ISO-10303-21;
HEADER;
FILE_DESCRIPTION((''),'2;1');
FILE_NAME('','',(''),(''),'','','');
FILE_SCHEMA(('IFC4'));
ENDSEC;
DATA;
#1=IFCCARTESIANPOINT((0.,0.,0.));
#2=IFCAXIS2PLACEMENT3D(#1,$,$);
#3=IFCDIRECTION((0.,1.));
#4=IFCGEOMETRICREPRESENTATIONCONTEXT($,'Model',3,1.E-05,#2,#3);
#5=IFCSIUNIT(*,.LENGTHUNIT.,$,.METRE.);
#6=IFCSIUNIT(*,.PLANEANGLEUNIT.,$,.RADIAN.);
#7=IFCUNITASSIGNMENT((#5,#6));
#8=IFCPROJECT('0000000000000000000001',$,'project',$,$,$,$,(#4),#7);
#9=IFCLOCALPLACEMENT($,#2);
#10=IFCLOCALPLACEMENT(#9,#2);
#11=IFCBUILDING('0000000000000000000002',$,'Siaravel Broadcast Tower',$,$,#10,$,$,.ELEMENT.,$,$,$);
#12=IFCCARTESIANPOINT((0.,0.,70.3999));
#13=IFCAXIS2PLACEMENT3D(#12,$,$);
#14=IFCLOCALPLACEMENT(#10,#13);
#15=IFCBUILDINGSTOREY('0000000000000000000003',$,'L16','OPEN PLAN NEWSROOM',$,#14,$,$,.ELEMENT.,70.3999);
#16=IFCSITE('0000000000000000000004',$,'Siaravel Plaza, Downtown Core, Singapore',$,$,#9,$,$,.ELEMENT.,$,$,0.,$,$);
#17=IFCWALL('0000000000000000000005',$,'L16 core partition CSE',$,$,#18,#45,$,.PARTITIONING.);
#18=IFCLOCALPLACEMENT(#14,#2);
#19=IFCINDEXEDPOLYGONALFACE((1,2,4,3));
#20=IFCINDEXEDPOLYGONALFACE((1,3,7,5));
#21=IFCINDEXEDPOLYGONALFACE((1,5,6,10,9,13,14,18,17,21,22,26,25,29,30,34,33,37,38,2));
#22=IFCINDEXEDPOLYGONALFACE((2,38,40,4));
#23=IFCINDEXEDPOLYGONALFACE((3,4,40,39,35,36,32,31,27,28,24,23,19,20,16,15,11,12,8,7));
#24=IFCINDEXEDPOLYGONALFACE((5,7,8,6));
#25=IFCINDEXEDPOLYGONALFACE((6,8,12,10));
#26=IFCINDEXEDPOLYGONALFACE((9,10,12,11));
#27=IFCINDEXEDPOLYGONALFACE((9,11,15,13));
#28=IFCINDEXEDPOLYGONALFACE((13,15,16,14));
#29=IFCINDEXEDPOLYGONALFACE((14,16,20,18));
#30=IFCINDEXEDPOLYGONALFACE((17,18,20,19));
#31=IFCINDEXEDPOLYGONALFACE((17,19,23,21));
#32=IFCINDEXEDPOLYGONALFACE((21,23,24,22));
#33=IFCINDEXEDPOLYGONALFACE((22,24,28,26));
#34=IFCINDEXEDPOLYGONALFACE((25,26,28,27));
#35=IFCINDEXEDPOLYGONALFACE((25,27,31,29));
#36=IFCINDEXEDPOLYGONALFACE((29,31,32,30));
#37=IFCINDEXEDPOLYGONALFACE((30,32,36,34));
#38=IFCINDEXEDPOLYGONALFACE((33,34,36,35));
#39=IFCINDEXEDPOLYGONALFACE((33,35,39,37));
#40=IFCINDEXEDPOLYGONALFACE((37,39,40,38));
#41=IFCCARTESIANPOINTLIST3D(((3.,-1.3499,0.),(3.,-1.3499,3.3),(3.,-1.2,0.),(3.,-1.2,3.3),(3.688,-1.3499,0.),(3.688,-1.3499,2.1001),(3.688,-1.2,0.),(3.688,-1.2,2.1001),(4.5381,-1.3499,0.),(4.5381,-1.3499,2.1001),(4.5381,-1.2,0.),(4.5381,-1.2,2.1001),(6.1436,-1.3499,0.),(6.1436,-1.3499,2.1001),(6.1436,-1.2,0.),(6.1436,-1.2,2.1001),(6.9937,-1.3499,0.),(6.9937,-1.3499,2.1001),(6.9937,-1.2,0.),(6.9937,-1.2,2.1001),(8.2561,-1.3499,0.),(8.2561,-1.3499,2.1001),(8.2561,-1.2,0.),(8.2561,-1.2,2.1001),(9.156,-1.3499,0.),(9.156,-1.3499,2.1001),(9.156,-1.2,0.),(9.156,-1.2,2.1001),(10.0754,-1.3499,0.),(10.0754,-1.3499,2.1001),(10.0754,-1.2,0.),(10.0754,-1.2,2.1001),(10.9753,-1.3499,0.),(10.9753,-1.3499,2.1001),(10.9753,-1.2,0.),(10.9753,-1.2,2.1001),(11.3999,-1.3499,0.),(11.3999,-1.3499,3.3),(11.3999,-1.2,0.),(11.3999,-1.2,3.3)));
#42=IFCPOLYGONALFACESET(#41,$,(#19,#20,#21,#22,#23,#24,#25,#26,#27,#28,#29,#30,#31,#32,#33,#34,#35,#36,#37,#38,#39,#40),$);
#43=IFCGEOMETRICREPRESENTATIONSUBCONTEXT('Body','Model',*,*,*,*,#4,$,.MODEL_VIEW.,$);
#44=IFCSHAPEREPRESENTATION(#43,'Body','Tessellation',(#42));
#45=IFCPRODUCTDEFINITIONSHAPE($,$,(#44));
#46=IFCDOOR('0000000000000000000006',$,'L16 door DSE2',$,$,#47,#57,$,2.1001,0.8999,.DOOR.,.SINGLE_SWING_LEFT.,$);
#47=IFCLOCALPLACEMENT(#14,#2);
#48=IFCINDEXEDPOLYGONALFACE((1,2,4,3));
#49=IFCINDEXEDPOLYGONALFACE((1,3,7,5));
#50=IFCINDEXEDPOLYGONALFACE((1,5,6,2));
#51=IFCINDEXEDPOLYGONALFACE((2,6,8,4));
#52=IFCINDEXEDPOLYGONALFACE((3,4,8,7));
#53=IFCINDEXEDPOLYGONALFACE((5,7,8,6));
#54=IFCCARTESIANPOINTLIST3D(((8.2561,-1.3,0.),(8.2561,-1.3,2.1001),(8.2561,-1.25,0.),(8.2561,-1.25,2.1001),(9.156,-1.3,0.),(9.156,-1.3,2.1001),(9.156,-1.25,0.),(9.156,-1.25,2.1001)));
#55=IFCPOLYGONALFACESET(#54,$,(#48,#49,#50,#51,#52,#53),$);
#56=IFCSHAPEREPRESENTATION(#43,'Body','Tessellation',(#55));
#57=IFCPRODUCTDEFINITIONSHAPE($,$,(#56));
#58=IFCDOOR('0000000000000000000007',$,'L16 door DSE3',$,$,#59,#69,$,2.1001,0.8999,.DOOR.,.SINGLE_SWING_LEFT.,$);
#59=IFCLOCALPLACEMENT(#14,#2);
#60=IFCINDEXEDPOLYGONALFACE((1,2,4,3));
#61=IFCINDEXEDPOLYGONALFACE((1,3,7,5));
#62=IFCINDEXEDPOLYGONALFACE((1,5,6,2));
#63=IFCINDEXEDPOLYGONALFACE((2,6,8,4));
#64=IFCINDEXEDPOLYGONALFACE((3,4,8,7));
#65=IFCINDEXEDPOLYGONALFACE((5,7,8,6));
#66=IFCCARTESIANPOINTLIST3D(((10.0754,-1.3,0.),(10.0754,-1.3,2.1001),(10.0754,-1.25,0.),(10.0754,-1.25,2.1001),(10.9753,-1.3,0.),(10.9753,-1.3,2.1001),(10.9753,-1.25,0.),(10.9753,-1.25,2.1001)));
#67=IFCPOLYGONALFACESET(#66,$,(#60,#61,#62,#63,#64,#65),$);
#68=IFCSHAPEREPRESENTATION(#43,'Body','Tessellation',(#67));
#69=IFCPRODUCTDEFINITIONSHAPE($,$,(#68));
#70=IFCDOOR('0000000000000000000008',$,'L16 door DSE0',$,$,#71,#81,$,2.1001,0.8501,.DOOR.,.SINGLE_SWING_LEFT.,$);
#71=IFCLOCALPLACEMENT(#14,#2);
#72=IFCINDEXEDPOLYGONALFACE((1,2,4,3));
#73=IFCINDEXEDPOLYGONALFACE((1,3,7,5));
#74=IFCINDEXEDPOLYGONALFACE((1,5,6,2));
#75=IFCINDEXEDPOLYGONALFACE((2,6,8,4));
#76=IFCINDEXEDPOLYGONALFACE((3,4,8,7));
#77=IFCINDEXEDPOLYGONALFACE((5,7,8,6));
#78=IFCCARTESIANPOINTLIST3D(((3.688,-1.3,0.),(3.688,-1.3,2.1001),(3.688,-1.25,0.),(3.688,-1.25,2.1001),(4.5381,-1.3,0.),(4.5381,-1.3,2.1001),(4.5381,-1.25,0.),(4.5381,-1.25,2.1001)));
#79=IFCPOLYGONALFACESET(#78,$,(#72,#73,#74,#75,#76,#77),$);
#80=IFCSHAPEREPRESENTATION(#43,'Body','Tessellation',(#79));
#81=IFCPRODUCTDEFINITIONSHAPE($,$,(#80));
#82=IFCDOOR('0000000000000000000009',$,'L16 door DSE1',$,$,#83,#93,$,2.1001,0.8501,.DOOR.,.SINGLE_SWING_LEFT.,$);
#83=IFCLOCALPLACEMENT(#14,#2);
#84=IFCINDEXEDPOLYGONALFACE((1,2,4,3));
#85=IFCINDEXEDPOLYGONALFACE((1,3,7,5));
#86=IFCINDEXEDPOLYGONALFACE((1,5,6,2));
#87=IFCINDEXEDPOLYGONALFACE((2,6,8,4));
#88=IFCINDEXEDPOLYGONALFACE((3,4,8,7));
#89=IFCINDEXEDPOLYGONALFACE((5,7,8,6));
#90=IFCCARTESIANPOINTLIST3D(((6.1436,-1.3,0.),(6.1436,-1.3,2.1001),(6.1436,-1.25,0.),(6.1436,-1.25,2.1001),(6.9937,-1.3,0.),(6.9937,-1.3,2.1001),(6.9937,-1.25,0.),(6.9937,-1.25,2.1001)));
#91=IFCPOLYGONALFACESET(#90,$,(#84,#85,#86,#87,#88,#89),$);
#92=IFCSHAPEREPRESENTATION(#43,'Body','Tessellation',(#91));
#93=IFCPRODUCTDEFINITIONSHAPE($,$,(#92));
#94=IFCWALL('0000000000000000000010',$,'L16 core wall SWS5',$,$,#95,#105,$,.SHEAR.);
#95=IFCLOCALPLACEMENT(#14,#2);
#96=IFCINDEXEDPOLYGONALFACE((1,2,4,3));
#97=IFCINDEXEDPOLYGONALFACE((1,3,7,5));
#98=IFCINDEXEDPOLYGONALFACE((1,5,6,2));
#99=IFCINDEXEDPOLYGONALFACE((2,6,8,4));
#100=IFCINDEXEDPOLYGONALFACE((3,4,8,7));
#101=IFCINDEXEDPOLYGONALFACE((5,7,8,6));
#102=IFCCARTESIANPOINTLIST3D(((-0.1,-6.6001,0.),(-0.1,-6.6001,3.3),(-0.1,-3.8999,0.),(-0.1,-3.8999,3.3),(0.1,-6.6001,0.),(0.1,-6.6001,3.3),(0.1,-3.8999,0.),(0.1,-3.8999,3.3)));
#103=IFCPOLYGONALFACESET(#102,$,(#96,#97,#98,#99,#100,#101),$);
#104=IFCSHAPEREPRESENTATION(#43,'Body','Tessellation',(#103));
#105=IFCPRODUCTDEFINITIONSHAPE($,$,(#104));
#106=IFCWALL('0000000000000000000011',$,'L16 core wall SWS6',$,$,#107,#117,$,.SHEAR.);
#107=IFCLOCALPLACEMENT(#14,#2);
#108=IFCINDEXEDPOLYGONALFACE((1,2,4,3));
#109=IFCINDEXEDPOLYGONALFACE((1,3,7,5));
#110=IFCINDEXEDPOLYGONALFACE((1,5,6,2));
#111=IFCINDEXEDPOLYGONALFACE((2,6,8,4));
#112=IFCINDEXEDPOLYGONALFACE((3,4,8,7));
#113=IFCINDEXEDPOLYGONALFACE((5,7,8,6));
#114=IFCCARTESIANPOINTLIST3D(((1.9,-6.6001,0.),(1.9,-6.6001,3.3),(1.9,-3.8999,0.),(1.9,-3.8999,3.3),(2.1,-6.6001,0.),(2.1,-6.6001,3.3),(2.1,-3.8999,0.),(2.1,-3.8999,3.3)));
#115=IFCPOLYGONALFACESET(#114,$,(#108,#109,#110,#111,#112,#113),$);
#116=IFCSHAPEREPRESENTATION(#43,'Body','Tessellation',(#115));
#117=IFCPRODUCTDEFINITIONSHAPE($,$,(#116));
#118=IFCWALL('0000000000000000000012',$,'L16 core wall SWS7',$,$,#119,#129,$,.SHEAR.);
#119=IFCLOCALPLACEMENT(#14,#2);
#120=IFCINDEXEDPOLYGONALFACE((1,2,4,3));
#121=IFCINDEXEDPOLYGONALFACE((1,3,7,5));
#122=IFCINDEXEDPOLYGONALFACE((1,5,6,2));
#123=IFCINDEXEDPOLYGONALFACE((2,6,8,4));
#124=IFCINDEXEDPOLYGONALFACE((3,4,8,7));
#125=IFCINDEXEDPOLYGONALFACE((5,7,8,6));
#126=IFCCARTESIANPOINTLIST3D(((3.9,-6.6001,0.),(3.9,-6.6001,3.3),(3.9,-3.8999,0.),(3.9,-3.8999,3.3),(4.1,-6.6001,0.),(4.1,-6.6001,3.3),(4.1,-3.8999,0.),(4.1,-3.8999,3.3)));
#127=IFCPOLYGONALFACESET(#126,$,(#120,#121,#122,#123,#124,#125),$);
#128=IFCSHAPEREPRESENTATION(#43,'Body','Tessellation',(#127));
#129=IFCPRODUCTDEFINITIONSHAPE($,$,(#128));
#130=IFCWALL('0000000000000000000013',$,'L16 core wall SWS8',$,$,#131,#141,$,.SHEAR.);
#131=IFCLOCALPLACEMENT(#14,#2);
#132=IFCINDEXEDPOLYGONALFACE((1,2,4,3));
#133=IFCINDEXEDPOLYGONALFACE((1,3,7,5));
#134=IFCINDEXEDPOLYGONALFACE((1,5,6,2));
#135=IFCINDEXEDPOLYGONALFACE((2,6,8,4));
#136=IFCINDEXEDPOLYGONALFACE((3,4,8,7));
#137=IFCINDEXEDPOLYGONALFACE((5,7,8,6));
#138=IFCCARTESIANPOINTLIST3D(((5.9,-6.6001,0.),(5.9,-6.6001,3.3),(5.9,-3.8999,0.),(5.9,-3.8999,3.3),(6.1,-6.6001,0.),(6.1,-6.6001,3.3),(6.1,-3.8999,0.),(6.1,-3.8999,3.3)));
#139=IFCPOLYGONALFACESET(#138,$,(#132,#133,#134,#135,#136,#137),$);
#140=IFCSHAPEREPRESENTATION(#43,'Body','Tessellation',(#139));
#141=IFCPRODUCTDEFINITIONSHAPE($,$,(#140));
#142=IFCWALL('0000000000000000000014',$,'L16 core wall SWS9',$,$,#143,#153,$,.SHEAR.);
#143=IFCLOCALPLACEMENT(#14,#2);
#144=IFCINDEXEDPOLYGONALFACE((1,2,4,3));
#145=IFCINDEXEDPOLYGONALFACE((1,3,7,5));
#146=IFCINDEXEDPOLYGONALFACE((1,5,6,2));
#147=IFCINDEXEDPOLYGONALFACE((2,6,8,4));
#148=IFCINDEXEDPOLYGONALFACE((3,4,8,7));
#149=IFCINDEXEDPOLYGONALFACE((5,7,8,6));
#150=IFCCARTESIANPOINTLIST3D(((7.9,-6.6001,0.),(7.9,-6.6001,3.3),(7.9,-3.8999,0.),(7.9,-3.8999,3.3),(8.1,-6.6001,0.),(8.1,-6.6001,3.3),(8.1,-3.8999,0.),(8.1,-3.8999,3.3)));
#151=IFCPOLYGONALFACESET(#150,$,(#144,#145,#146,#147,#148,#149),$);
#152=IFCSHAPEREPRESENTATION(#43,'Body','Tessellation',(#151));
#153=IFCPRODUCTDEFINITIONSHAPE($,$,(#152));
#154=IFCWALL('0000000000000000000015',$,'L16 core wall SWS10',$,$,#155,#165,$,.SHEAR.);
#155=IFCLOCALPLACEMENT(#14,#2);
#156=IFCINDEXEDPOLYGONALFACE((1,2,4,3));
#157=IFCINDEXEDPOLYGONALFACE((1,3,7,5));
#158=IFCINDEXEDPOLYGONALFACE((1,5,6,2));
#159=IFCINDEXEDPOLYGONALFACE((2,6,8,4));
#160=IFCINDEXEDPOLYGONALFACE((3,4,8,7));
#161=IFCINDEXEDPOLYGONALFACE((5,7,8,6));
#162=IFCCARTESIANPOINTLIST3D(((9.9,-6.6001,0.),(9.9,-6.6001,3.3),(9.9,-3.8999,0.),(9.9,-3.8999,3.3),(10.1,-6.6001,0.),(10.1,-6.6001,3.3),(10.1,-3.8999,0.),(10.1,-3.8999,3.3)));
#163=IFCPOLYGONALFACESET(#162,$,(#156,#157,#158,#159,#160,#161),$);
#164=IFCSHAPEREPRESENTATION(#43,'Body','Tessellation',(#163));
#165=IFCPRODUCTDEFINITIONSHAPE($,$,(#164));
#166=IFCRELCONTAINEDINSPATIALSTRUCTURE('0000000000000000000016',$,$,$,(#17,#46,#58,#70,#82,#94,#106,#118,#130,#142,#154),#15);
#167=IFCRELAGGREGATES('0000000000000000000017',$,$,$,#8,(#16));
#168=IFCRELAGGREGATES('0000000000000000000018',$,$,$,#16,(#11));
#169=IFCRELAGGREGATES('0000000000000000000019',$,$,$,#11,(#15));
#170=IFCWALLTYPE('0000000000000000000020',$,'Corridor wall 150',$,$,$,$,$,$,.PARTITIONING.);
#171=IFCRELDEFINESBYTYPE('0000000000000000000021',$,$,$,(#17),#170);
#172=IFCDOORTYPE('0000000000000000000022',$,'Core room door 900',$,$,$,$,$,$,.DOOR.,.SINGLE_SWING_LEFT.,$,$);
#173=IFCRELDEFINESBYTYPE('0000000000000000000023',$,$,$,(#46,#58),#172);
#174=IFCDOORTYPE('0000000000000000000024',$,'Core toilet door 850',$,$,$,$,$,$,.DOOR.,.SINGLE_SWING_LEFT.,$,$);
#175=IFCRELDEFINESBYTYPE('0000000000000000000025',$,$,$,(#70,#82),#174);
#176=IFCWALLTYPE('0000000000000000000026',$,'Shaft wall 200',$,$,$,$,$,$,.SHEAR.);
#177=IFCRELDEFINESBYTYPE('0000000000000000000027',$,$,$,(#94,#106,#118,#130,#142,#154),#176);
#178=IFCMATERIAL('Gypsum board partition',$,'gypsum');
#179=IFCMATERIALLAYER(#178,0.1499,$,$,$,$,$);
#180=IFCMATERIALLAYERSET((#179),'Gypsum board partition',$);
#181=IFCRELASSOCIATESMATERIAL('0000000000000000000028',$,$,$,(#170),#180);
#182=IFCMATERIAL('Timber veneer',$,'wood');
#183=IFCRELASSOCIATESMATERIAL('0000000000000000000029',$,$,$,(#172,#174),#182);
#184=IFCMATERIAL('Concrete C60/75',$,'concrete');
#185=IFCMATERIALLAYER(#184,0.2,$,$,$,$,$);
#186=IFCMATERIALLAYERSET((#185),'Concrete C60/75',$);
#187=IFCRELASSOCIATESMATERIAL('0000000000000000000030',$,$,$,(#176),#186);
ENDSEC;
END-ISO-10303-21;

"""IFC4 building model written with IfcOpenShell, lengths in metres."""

from ifc_helpers import new_model, si_unit, direction, frame, frame_2d, origin, place, context, subcontext, project, spatial, rectangle, extrude, material, layer, layer_set, type_object, element, fill, save


model = new_model("IFC4")

# Units and contexts
model_context = context("Model", 3, precision=1e-05, world=origin(), true_north=direction((0.0, 1.0)))
body_context = subcontext(model_context, "Body", "Model", "MODEL_VIEW")
ifc_project = project(units=[si_unit("LENGTHUNIT", "METRE"), si_unit("PLANEANGLEUNIT", "RADIAN")], contexts=[model_context])

# Site, building, storey
site_placement = place(None, origin())
site = spatial("IfcSite", under=ifc_project, at=site_placement, Name="Siaravel Plaza, Downtown Core, Singapore", CompositionType="ELEMENT", RefElevation=0.0)
building_placement = place(site_placement, origin())
building = spatial("IfcBuilding", under=site, at=building_placement, Name="Siaravel Broadcast Tower", CompositionType="ELEMENT")
storey_placement = place(building_placement, frame((0.0, 0.0, 70.3999)))
storey = spatial("IfcBuildingStorey", under=building, at=storey_placement, Name="L16", Description="OPEN PLAN NEWSROOM", CompositionType="ELEMENT", Elevation=70.3999)

# Wall, openings, doors
ifc_material_1 = material(Name="Gypsum board partition", Category="gypsum")
ifc_layer_1 = layer(ifc_material_1, 0.1499)
ifc_layer_set_1 = layer_set([ifc_layer_1], Name="Gypsum board partition")
wall_type_1 = type_object("IfcWallType", Name="Corridor wall 150", PredefinedType="PARTITIONING", material=ifc_layer_set_1)
wall_1_placement = place(storey_placement, frame((3.0, -1.2749, 0.0), z_axis=(0.0, 0.0, 1.0), x_axis=(1.0, 0.0, 0.0)))
wall_1 = element("IfcWall", 1, at=wall_1_placement, inside=storey, type_object=wall_type_1, Name="L16 core partition CSE", PredefinedType="PARTITIONING", context=body_context, shape_type="SweptSolid", body=[
    extrude(rectangle(XDim=8.3999, YDim=0.1499, at=frame_2d((4.2, 0.0))), origin(), (0.0, 0.0, 1.0), 3.3),
])
opening_1_placement = place(wall_1_placement, frame((0.688, 0.0, 0.0)))
opening_1 = element("IfcOpeningElement", 2, at=opening_1_placement, cuts=wall_1, PredefinedType="OPENING", context=body_context, shape_type="SweptSolid", body=[
    extrude(rectangle(XDim=0.8501, YDim=2.1001, at=frame_2d((0.425, 1.05))), frame((0.0, 0.085, 0.0), z_axis=(0.0, -1.0, 0.0), x_axis=(1.0, 0.0, 0.0)), (0.0, 0.0, 1.0), 0.1699),
])
opening_2_placement = place(wall_1_placement, frame((3.1436, 0.0, 0.0)))
opening_2 = element("IfcOpeningElement", 3, at=opening_2_placement, cuts=wall_1, PredefinedType="OPENING", context=body_context, shape_type="SweptSolid", body=[
    extrude(rectangle(XDim=0.8501, YDim=2.1001, at=frame_2d((0.425, 1.05))), frame((0.0, 0.085, 0.0), z_axis=(0.0, -1.0, 0.0), x_axis=(1.0, 0.0, 0.0)), (0.0, 0.0, 1.0), 0.1699),
])
opening_3_placement = place(wall_1_placement, frame((5.2561, 0.0, 0.0)))
opening_3 = element("IfcOpeningElement", 4, at=opening_3_placement, cuts=wall_1, PredefinedType="OPENING", context=body_context, shape_type="SweptSolid", body=[
    extrude(rectangle(XDim=0.8999, YDim=2.1001, at=frame_2d((0.45, 1.05))), frame((0.0, 0.085, 0.0), z_axis=(0.0, -1.0, 0.0), x_axis=(1.0, 0.0, 0.0)), (0.0, 0.0, 1.0), 0.1699),
])
opening_4_placement = place(wall_1_placement, frame((7.0754, 0.0, 0.0)))
opening_4 = element("IfcOpeningElement", 5, at=opening_4_placement, cuts=wall_1, PredefinedType="OPENING", context=body_context, shape_type="SweptSolid", body=[
    extrude(rectangle(XDim=0.8999, YDim=2.1001, at=frame_2d((0.45, 1.05))), frame((0.0, 0.085, 0.0), z_axis=(0.0, -1.0, 0.0), x_axis=(1.0, 0.0, 0.0)), (0.0, 0.0, 1.0), 0.1699),
])
ifc_material_2 = material(Name="Timber veneer", Category="wood")
door_type_1 = type_object("IfcDoorType", Name="Core room door 900", OperationType="SINGLE_SWING_LEFT", PredefinedType="DOOR", material=ifc_material_2)
door_1_placement = place(opening_3_placement, origin())
door_1 = element("IfcDoor", 6, at=door_1_placement, inside=storey, type_object=door_type_1, Name="L16 door DSE2", OperationType="SINGLE_SWING_LEFT", OverallHeight=2.1001, OverallWidth=0.8999, PredefinedType="DOOR", context=body_context, shape_type="SweptSolid", body=[
    extrude(rectangle(XDim=0.8999, YDim=2.1001, at=frame_2d((0.45, 1.05))), frame((0.0, 0.0249, 0.0), z_axis=(0.0, -1.0, 0.0), x_axis=(1.0, 0.0, 0.0)), (0.0, 0.0, 1.0), 0.05),
])
fill(opening_3, door_1)
door_2_placement = place(opening_4_placement, origin())
door_2 = element("IfcDoor", 7, at=door_2_placement, inside=storey, type_object=door_type_1, Name="L16 door DSE3", OperationType="SINGLE_SWING_LEFT", OverallHeight=2.1001, OverallWidth=0.8999, PredefinedType="DOOR", context=body_context, shape_type="SweptSolid", body=[
    extrude(rectangle(XDim=0.8999, YDim=2.1001, at=frame_2d((0.45, 1.05))), frame((0.0, 0.0249, 0.0), z_axis=(0.0, -1.0, 0.0), x_axis=(1.0, 0.0, 0.0)), (0.0, 0.0, 1.0), 0.05),
])
fill(opening_4, door_2)
door_type_2 = type_object("IfcDoorType", Name="Core toilet door 850", OperationType="SINGLE_SWING_LEFT", PredefinedType="DOOR", material=ifc_material_2)
door_3_placement = place(opening_1_placement, origin())
door_3 = element("IfcDoor", 8, at=door_3_placement, inside=storey, type_object=door_type_2, Name="L16 door DSE0", OperationType="SINGLE_SWING_LEFT", OverallHeight=2.1001, OverallWidth=0.8501, PredefinedType="DOOR", context=body_context, shape_type="SweptSolid", body=[
    extrude(rectangle(XDim=0.8501, YDim=2.1001, at=frame_2d((0.425, 1.05))), frame((0.0, 0.0249, 0.0), z_axis=(0.0, -1.0, 0.0), x_axis=(1.0, 0.0, 0.0)), (0.0, 0.0, 1.0), 0.05),
])
fill(opening_1, door_3)
door_4_placement = place(opening_2_placement, origin())
door_4 = element("IfcDoor", 9, at=door_4_placement, inside=storey, type_object=door_type_2, Name="L16 door DSE1", OperationType="SINGLE_SWING_LEFT", OverallHeight=2.1001, OverallWidth=0.8501, PredefinedType="DOOR", context=body_context, shape_type="SweptSolid", body=[
    extrude(rectangle(XDim=0.8501, YDim=2.1001, at=frame_2d((0.425, 1.05))), frame((0.0, 0.0249, 0.0), z_axis=(0.0, -1.0, 0.0), x_axis=(1.0, 0.0, 0.0)), (0.0, 0.0, 1.0), 0.05),
])
fill(opening_2, door_4)

# Walls
ifc_material_3 = material(Name="Concrete C60/75", Category="concrete")
ifc_layer_2 = layer(ifc_material_3, 0.2)
ifc_layer_set_2 = layer_set([ifc_layer_2], Name="Concrete C60/75")
wall_type_2 = type_object("IfcWallType", Name="Shaft wall 200", PredefinedType="SHEAR", material=ifc_layer_set_2)
for number, where, z_axis, x_axis, name in (
    (10, (0.0, -6.6001, 0.0), (0.0, 0.0, 1.0), (0.0, 1.0, 0.0), "L16 core wall SWS5"),
    (11, (2.0, -6.6001, 0.0), (0.0, 0.0, 1.0), (0.0, 1.0, 0.0), "L16 core wall SWS6"),
    (12, (4.0, -6.6001, 0.0), (0.0, 0.0, 1.0), (0.0, 1.0, 0.0), "L16 core wall SWS7"),
    (13, (6.0, -6.6001, 0.0), (0.0, 0.0, 1.0), (0.0, 1.0, 0.0), "L16 core wall SWS8"),
    (14, (8.0, -6.6001, 0.0), (0.0, 0.0, 1.0), (0.0, 1.0, 0.0), "L16 core wall SWS9"),
    (15, (10.0, -6.6001, 0.0), (0.0, 0.0, 1.0), (0.0, 1.0, 0.0), "L16 core wall SWS10"),
):
    element("IfcWall", number, at=place(storey_placement, frame(where, z_axis=z_axis, x_axis=x_axis)), inside=storey, type_object=wall_type_2, Name=name, PredefinedType="SHEAR", context=body_context, shape_type="SweptSolid", body=[
        extrude(rectangle(XDim=2.7002, YDim=0.2, at=frame_2d((1.3501, 0.0))), origin(), (0.0, 0.0, 1.0), 3.3),
    ])

save(model, "model.ifc")
